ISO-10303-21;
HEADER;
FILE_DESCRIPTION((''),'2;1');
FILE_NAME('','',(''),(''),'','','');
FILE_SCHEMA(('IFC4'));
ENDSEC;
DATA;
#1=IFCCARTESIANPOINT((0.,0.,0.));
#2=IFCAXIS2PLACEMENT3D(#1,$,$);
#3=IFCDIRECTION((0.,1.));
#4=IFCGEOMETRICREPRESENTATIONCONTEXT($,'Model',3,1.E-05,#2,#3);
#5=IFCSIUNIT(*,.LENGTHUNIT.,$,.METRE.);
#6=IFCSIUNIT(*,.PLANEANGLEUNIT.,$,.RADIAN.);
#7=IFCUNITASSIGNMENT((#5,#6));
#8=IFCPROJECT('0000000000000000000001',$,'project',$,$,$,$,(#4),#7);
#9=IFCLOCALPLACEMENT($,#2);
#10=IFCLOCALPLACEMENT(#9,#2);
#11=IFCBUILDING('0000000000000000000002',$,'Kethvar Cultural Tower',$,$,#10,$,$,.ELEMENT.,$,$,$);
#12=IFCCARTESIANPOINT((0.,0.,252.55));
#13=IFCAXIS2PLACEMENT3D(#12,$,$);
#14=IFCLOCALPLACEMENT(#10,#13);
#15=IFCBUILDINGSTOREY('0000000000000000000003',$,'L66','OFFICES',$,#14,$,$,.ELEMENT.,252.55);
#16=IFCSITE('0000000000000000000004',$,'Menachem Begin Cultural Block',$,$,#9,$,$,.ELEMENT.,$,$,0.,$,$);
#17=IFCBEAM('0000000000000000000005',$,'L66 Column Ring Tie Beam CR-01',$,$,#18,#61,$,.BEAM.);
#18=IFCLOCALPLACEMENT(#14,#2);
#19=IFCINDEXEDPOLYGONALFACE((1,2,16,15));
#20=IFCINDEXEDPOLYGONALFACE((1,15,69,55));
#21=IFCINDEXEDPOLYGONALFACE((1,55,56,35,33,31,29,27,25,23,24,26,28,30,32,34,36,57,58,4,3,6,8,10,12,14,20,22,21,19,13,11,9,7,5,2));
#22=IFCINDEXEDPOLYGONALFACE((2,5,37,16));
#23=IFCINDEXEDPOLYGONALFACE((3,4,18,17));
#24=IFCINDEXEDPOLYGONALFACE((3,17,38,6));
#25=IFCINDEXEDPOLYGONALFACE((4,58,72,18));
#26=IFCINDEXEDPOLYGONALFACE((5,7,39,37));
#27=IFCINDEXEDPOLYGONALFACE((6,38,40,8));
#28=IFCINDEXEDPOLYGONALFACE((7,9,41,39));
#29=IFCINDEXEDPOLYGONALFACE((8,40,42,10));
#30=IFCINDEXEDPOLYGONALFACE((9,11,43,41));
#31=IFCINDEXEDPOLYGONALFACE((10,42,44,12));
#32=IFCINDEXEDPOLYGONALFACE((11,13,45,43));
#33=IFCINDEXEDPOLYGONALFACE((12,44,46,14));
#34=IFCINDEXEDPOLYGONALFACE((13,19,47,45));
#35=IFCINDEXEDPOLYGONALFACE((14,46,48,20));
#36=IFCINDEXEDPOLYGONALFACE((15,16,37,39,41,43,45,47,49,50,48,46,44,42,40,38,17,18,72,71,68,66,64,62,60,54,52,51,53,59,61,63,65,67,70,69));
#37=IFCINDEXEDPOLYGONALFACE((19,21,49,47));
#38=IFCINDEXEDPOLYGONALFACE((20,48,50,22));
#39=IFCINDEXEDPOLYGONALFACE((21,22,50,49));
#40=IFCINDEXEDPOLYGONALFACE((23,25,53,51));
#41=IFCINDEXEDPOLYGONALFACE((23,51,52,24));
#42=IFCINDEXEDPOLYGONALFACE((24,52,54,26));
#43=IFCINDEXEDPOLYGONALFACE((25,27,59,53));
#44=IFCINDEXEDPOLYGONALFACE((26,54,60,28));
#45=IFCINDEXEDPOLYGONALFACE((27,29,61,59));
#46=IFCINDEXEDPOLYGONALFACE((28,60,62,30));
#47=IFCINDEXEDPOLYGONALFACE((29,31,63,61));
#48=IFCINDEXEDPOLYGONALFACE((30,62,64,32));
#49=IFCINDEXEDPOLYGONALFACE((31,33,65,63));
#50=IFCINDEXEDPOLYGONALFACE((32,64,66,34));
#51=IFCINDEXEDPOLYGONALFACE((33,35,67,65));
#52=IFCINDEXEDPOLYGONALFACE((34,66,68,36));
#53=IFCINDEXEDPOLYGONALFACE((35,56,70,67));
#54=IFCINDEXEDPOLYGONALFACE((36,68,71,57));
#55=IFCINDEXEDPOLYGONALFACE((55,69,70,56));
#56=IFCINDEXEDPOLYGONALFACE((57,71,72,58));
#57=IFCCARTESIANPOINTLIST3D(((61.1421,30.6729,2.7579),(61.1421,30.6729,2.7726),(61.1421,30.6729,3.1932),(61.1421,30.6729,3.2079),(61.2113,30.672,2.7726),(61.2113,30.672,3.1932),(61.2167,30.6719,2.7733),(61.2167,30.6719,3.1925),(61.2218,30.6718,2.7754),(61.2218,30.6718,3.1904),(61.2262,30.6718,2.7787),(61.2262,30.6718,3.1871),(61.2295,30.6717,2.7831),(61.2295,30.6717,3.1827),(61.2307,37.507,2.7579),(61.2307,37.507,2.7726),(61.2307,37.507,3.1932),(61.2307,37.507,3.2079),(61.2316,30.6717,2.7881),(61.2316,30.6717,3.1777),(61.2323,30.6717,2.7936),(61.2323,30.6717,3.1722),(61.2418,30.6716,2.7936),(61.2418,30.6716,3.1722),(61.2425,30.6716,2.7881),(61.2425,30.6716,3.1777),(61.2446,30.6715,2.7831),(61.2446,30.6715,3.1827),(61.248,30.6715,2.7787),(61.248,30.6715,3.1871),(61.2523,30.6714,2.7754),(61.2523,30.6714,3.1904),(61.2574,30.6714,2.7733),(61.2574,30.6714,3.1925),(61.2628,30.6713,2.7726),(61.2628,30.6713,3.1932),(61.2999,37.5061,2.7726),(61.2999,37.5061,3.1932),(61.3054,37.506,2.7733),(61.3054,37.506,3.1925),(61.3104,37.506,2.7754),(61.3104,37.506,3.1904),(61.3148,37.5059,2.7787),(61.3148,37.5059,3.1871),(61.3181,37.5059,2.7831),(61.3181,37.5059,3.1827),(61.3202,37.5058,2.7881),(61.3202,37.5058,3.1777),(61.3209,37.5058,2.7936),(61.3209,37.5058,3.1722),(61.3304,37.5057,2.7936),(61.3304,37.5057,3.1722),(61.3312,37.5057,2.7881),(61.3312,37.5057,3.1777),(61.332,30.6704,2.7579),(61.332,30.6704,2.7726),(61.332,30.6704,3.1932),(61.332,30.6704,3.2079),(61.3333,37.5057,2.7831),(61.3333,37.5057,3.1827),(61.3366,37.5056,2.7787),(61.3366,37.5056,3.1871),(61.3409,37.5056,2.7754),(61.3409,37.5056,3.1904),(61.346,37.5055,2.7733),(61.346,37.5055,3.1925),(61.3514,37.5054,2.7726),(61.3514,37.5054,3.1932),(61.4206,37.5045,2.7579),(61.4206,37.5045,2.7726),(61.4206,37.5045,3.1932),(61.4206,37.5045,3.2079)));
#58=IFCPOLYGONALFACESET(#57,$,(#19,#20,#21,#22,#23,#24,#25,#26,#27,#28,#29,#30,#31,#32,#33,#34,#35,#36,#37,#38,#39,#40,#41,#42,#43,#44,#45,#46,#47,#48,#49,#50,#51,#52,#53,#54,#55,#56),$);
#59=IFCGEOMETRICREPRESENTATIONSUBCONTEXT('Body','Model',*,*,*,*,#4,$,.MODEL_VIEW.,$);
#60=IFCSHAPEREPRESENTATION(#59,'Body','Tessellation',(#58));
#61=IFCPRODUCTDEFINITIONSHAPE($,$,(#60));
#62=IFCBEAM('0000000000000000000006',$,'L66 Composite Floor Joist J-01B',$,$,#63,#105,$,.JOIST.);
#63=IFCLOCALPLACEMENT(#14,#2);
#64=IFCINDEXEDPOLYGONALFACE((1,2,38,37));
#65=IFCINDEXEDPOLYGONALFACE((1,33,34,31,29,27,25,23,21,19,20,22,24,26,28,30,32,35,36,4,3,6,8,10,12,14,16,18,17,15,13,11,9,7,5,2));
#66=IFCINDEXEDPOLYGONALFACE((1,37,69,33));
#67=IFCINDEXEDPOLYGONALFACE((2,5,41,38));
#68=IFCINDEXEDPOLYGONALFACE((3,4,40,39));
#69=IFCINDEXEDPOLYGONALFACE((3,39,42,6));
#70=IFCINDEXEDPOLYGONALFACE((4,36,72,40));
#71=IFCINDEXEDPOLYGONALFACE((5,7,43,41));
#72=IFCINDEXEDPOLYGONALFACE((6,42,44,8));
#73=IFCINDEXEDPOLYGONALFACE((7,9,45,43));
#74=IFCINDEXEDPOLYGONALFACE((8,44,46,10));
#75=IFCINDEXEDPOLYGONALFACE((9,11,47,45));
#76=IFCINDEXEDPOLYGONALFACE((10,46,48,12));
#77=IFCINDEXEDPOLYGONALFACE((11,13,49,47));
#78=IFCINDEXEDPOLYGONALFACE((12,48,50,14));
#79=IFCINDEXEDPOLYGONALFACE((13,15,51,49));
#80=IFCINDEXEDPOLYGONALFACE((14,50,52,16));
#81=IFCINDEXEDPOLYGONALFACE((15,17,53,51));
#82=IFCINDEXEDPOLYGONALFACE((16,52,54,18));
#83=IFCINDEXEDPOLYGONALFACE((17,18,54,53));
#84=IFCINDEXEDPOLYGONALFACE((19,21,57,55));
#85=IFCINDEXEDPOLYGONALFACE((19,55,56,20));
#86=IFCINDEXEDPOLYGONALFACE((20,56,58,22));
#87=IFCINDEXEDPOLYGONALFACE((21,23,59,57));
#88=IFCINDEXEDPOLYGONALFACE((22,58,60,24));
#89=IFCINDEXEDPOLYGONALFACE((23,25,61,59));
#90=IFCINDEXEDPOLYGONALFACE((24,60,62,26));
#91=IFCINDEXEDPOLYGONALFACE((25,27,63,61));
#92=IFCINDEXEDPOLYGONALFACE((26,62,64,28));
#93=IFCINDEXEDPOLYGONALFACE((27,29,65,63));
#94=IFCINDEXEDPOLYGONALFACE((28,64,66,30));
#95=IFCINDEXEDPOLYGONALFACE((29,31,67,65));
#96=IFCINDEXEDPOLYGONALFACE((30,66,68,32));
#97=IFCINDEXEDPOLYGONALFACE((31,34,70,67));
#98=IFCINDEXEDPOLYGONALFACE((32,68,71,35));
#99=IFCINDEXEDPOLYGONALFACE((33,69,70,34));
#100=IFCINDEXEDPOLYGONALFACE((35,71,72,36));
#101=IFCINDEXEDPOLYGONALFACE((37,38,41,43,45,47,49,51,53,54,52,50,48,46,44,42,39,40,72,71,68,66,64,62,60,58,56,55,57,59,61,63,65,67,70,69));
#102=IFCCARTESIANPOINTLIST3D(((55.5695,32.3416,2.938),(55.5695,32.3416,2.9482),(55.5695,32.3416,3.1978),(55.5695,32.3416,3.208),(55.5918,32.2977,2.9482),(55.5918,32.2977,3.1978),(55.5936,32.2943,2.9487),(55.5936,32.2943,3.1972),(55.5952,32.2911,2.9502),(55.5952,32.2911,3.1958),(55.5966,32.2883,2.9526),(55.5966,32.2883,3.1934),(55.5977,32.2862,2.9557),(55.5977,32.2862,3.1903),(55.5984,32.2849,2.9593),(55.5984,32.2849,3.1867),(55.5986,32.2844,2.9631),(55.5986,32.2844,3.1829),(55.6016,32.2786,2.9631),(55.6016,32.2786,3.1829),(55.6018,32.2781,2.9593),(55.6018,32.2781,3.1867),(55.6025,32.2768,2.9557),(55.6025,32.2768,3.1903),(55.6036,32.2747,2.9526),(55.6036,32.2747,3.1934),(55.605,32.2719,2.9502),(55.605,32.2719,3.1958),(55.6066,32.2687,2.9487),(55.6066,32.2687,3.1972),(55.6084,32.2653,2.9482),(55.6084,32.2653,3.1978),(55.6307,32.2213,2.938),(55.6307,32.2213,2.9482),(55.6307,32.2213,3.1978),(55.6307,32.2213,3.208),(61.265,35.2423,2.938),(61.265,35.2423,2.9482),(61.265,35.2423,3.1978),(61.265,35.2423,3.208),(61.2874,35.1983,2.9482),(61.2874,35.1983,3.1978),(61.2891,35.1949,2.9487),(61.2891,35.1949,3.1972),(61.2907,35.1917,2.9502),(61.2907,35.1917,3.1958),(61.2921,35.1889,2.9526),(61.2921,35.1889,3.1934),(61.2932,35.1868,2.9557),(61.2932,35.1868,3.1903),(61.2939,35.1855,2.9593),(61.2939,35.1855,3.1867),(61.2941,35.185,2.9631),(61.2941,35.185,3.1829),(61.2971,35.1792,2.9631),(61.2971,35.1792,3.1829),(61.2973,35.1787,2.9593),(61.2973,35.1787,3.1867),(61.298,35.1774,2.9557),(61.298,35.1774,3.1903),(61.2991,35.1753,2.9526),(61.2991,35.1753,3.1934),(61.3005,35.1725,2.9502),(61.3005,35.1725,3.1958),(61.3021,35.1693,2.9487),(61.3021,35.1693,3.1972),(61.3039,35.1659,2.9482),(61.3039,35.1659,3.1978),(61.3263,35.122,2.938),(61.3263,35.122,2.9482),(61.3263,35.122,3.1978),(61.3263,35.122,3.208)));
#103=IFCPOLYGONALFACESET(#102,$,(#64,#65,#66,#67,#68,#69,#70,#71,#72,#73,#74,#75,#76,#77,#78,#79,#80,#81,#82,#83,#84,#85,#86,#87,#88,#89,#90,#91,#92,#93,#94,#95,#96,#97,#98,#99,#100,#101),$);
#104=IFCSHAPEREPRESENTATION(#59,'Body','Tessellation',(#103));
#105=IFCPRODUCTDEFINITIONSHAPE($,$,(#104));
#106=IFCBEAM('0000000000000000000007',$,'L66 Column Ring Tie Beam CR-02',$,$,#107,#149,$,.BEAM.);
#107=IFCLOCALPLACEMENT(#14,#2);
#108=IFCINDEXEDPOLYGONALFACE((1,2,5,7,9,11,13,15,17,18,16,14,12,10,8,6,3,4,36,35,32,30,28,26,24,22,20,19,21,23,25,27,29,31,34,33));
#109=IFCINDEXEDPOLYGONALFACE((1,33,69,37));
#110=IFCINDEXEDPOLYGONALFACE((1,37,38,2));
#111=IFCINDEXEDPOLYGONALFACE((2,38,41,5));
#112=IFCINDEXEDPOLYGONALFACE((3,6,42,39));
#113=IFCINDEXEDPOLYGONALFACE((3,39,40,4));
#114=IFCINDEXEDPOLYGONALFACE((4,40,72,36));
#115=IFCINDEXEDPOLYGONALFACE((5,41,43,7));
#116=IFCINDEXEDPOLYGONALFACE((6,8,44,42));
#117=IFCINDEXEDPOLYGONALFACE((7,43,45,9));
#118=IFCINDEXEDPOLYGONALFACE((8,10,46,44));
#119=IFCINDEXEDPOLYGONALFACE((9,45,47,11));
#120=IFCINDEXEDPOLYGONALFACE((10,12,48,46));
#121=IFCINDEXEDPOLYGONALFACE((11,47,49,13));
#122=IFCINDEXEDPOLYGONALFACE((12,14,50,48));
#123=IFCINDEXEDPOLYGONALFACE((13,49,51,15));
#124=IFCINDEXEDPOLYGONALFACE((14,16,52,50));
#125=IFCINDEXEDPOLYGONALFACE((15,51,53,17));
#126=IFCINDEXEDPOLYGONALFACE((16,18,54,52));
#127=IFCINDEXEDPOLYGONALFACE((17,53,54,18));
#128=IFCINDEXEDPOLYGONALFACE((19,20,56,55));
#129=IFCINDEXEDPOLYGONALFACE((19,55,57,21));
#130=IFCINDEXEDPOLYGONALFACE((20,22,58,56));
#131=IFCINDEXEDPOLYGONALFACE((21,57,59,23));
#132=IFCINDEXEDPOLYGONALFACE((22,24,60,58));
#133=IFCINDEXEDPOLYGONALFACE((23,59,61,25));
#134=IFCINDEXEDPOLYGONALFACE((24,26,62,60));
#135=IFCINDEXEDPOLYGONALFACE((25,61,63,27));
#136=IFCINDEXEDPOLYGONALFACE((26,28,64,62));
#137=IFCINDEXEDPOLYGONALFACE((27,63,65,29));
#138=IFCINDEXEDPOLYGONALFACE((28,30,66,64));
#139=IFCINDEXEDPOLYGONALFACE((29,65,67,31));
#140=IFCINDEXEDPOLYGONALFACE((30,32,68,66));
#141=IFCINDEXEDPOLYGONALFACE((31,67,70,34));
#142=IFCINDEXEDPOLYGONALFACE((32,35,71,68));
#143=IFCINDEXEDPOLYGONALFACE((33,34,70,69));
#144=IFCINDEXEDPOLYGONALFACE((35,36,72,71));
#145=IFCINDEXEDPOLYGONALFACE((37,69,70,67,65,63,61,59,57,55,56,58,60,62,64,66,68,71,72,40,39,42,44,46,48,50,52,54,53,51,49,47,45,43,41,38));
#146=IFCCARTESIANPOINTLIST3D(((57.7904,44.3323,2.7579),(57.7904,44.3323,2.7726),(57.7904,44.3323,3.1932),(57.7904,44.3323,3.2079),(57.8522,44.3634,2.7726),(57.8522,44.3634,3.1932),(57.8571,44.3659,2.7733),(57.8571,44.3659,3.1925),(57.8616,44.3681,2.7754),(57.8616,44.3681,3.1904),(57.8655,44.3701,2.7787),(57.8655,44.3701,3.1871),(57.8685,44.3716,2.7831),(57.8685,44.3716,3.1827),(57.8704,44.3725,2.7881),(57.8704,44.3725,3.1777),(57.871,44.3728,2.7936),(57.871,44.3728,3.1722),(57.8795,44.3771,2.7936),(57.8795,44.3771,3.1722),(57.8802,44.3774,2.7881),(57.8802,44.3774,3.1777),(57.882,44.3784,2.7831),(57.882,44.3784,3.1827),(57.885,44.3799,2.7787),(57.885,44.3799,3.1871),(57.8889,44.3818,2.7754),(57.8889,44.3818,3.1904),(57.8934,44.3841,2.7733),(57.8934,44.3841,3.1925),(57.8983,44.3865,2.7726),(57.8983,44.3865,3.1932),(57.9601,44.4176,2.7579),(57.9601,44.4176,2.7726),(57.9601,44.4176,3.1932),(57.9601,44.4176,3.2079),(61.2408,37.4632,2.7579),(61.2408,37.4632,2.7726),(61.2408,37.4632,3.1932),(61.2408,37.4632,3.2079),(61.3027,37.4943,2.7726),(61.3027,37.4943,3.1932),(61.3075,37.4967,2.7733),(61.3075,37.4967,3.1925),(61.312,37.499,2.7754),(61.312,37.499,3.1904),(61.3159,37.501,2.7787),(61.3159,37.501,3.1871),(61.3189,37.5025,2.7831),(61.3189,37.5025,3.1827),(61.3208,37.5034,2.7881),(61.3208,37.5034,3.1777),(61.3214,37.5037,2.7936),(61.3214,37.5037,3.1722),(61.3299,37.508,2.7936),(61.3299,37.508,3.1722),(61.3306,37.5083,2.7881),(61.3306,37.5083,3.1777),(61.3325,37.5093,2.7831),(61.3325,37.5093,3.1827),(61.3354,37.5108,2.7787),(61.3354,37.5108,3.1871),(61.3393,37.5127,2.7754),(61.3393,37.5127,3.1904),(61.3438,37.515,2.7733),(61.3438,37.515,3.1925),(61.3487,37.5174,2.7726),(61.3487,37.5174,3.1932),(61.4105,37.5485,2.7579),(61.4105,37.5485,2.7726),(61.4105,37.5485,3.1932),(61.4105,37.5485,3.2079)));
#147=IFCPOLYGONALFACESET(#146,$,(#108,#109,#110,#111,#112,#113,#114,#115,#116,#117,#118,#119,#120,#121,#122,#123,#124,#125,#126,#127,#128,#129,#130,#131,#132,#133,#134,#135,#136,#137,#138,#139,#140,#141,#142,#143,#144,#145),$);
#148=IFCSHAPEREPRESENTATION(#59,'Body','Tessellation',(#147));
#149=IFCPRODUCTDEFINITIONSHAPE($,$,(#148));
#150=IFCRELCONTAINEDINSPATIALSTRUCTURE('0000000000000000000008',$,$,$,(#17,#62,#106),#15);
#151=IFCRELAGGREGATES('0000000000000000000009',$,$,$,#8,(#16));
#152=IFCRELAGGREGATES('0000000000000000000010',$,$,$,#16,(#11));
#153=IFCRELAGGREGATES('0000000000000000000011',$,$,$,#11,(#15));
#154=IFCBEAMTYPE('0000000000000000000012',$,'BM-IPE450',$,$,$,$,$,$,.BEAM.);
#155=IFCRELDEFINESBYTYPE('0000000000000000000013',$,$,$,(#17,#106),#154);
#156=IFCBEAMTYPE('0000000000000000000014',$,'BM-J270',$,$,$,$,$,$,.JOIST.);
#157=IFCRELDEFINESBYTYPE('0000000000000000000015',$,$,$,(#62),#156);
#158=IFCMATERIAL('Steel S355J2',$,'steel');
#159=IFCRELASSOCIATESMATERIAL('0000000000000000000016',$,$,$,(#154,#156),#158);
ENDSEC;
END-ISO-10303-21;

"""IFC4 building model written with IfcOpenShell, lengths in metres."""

from ifc_helpers import new_model, si_unit, direction, frame, origin, origin_2d, place, context, subcontext, project, spatial, i_section, extrude, source, transform, mapped, material, material_profile, profile_set, type_object, element, save


model = new_model("IFC4")

# Units and contexts
model_context = context("Model", 3, precision=1e-05, world=origin(), true_north=direction((0.0, 1.0)))
body_context = subcontext(model_context, "Body", "Model", "MODEL_VIEW")
ifc_project = project(units=[si_unit("LENGTHUNIT", "METRE"), si_unit("PLANEANGLEUNIT", "RADIAN")], contexts=[model_context])

# Site, building, storey
site_placement = place(None, origin())
site = spatial("IfcSite", under=ifc_project, at=site_placement, Name="Menachem Begin Cultural Block", CompositionType="ELEMENT", RefElevation=0.0)
building_placement = place(site_placement, origin())
building = spatial("IfcBuilding", under=site, at=building_placement, Name="Kethvar Cultural Tower", CompositionType="ELEMENT")
storey_placement = place(building_placement, frame((0.0, 0.0, 252.55)))
storey = spatial("IfcBuildingStorey", under=building, at=storey_placement, Name="L66", Description="OFFICES", CompositionType="ELEMENT", Elevation=252.55)

# Beams
ifc_material_1 = material(Name="Steel S355J2", Category="steel")
ifc_material_profile_1 = material_profile(ifc_material_1, i_section(OverallWidth=0.1899, OverallDepth=0.45, WebThickness=0.0095, FlangeThickness=0.0146, FilletRadius=0.021, at=origin_2d()), Name="Steel S355J2 — IPE450")
ifc_profile_set_1 = profile_set([ifc_material_profile_1], Name="Steel S355J2 — IPE450")
beam_type_1 = type_object("IfcBeamType", Name="BM-IPE450", PredefinedType="BEAM", material=ifc_profile_set_1)
shared_shape_1 = source(origin(), body_context, "Body", "SweptSolid", [
    extrude(i_section(OverallWidth=0.1899, OverallDepth=0.45, WebThickness=0.0095, FlangeThickness=0.0146, FilletRadius=0.021, at=origin_2d()), origin(), (0.0, 0.0, 1.0), 6.8347),
])
beam_1_placement = place(storey_placement, frame((61.2371, 30.6716, 2.9829), z_axis=(0.012966, 0.999916, 0.0), x_axis=(-0.999916, 0.012966, 0.0)))
element("IfcBeam", 1, at=beam_1_placement, inside=storey, type_object=beam_type_1, Name="L66 Column Ring Tie Beam CR-01", PredefinedType="BEAM", context=body_context, shape_type="MappedRepresentation", body=[
    mapped(shared_shape_1, transform((0.0, 0.0, 0.0), scale=1.0)),
])
ifc_material_profile_2 = material_profile(ifc_material_1, i_section(OverallWidth=0.135, OverallDepth=0.27, WebThickness=0.0066, FlangeThickness=0.0103, FilletRadius=0.0149, at=origin_2d()), Name="Steel S355J2 — IPE270")
ifc_profile_set_2 = profile_set([ifc_material_profile_2], Name="Steel S355J2 — IPE270")
beam_type_2 = type_object("IfcBeamType", Name="BM-J270", PredefinedType="JOIST", material=ifc_profile_set_2)
shared_shape_2 = source(origin(), body_context, "Body", "SweptSolid", [
    extrude(i_section(OverallWidth=0.135, OverallDepth=0.27, WebThickness=0.0066, FlangeThickness=0.0103, FilletRadius=0.0149, at=origin_2d()), origin(), (0.0, 0.0, 1.0), 6.3916),
])
beam_2_placement = place(storey_placement, frame((55.6001, 32.2815, 3.073), z_axis=(0.891095, 0.453817, 0.0), x_axis=(-0.453817, 0.891095, 0.0)))
element("IfcBeam", 2, at=beam_2_placement, inside=storey, type_object=beam_type_2, Name="L66 Composite Floor Joist J-01B", PredefinedType="JOIST", context=body_context, shape_type="MappedRepresentation", body=[
    mapped(shared_shape_2, transform((0.0, 0.0, 0.0), scale=1.0)),
])
shared_shape_3 = source(origin(), body_context, "Body", "SweptSolid", [
    extrude(i_section(OverallWidth=0.1899, OverallDepth=0.45, WebThickness=0.0095, FlangeThickness=0.0146, FilletRadius=0.021, at=origin_2d()), origin(), (0.0, 0.0, 1.0), 7.687),
])
beam_3_placement = place(storey_placement, frame((61.3257, 37.5059, 2.9829), z_axis=(-0.448864, 0.8936, 0.0), x_axis=(-0.8936, -0.448864, 0.0)))
element("IfcBeam", 3, at=beam_3_placement, inside=storey, type_object=beam_type_1, Name="L66 Column Ring Tie Beam CR-02", PredefinedType="BEAM", context=body_context, shape_type="MappedRepresentation", body=[
    mapped(shared_shape_3, transform((0.0, 0.0, 0.0), scale=1.0)),
])

save(model, "model.ifc")
